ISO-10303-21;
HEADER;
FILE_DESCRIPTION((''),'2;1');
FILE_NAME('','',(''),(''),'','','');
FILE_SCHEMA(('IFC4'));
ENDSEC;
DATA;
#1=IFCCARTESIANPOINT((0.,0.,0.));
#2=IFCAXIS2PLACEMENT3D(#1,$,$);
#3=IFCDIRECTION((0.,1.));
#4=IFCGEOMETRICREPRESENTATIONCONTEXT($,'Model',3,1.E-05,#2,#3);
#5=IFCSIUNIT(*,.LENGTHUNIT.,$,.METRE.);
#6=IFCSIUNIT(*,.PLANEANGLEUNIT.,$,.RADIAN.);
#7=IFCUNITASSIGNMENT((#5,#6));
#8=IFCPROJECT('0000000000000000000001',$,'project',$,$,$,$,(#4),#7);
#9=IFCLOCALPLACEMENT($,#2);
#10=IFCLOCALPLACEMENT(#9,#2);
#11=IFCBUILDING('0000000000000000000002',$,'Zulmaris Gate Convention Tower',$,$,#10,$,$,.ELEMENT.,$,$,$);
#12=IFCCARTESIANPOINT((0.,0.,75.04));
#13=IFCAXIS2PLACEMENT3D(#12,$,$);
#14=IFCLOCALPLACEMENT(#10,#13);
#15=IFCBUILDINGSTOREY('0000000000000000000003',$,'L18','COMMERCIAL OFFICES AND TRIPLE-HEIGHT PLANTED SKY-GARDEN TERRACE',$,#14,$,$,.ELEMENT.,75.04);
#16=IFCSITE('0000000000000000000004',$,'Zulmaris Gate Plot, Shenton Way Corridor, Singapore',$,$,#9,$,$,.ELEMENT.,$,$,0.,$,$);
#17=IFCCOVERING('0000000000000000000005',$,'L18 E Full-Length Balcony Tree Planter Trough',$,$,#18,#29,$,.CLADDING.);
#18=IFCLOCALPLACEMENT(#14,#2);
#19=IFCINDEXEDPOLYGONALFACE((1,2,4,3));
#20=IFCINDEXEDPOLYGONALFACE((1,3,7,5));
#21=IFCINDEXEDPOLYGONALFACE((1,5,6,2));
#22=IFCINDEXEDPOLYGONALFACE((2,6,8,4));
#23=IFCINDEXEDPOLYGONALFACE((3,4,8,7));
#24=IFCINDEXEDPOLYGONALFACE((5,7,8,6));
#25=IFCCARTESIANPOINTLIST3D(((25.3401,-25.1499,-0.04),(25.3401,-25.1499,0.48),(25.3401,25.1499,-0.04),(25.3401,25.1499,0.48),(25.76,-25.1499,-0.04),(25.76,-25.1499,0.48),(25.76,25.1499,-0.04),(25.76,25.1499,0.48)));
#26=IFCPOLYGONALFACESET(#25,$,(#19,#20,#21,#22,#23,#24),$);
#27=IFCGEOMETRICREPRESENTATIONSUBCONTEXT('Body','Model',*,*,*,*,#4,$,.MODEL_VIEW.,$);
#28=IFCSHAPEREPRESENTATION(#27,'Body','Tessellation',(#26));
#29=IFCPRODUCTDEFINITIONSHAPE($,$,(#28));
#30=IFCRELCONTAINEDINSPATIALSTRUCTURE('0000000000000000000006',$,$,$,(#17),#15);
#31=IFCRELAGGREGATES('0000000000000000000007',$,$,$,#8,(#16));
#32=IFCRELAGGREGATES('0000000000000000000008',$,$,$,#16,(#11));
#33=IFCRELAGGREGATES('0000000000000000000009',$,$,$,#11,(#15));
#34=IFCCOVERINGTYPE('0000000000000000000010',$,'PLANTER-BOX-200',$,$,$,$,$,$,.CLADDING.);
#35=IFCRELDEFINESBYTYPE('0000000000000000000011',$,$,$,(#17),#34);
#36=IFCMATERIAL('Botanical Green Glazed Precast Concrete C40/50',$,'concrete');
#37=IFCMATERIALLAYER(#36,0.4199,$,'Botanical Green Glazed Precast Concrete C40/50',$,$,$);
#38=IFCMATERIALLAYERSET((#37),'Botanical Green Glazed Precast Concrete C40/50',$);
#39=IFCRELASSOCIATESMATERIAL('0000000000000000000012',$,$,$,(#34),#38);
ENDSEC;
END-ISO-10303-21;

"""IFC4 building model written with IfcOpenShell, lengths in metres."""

from ifc_helpers import new_model, si_unit, direction, frame, origin, place, context, subcontext, project, spatial, polyline, outline, extrude, material, layer, layer_set, type_object, element, save


model = new_model("IFC4")

# Units and contexts
model_context = context("Model", 3, precision=1e-05, world=origin(), true_north=direction((0.0, 1.0)))
body_context = subcontext(model_context, "Body", "Model", "MODEL_VIEW")
ifc_project = project(units=[si_unit("LENGTHUNIT", "METRE"), si_unit("PLANEANGLEUNIT", "RADIAN")], contexts=[model_context])

# Site, building, storey
site_placement = place(None, origin())
site = spatial("IfcSite", under=ifc_project, at=site_placement, Name="Zulmaris Gate Plot, Shenton Way Corridor, Singapore", CompositionType="ELEMENT", RefElevation=0.0)
building_placement = place(site_placement, origin())
building = spatial("IfcBuilding", under=site, at=building_placement, Name="Zulmaris Gate Convention Tower", CompositionType="ELEMENT")
storey_placement = place(building_placement, frame((0.0, 0.0, 75.04)))
storey = spatial("IfcBuildingStorey", under=building, at=storey_placement, Name="L18", Description="COMMERCIAL OFFICES AND TRIPLE-HEIGHT PLANTED SKY-GARDEN TERRACE", CompositionType="ELEMENT", Elevation=75.04)

# Covering
ifc_material_1 = material(Name="Botanical Green Glazed Precast Concrete C40/50", Category="concrete")
ifc_layer_1 = layer(ifc_material_1, 0.4199, Name="Botanical Green Glazed Precast Concrete C40/50")
ifc_layer_set_1 = layer_set([ifc_layer_1], Name="Botanical Green Glazed Precast Concrete C40/50")
covering_type_1 = type_object("IfcCoveringType", Name="PLANTER-BOX-200", PredefinedType="CLADDING", material=ifc_layer_set_1)
covering_1_placement = place(storey_placement, frame((0.0, 0.0, -0.04)))
element("IfcCovering", 1, at=covering_1_placement, inside=storey, type_object=covering_type_1, Name="L18 E Full-Length Balcony Tree Planter Trough", PredefinedType="CLADDING", context=body_context, shape_type="SweptSolid", body=[
    extrude(outline(polyline([(25.3401, -25.1499), (25.76, -25.1499), (25.76, 25.1499), (25.3401, 25.1499), (25.3401, -25.1499)])), origin(), (0.0, 0.0, 1.0), 0.52),
])

save(model, "model.ifc")
